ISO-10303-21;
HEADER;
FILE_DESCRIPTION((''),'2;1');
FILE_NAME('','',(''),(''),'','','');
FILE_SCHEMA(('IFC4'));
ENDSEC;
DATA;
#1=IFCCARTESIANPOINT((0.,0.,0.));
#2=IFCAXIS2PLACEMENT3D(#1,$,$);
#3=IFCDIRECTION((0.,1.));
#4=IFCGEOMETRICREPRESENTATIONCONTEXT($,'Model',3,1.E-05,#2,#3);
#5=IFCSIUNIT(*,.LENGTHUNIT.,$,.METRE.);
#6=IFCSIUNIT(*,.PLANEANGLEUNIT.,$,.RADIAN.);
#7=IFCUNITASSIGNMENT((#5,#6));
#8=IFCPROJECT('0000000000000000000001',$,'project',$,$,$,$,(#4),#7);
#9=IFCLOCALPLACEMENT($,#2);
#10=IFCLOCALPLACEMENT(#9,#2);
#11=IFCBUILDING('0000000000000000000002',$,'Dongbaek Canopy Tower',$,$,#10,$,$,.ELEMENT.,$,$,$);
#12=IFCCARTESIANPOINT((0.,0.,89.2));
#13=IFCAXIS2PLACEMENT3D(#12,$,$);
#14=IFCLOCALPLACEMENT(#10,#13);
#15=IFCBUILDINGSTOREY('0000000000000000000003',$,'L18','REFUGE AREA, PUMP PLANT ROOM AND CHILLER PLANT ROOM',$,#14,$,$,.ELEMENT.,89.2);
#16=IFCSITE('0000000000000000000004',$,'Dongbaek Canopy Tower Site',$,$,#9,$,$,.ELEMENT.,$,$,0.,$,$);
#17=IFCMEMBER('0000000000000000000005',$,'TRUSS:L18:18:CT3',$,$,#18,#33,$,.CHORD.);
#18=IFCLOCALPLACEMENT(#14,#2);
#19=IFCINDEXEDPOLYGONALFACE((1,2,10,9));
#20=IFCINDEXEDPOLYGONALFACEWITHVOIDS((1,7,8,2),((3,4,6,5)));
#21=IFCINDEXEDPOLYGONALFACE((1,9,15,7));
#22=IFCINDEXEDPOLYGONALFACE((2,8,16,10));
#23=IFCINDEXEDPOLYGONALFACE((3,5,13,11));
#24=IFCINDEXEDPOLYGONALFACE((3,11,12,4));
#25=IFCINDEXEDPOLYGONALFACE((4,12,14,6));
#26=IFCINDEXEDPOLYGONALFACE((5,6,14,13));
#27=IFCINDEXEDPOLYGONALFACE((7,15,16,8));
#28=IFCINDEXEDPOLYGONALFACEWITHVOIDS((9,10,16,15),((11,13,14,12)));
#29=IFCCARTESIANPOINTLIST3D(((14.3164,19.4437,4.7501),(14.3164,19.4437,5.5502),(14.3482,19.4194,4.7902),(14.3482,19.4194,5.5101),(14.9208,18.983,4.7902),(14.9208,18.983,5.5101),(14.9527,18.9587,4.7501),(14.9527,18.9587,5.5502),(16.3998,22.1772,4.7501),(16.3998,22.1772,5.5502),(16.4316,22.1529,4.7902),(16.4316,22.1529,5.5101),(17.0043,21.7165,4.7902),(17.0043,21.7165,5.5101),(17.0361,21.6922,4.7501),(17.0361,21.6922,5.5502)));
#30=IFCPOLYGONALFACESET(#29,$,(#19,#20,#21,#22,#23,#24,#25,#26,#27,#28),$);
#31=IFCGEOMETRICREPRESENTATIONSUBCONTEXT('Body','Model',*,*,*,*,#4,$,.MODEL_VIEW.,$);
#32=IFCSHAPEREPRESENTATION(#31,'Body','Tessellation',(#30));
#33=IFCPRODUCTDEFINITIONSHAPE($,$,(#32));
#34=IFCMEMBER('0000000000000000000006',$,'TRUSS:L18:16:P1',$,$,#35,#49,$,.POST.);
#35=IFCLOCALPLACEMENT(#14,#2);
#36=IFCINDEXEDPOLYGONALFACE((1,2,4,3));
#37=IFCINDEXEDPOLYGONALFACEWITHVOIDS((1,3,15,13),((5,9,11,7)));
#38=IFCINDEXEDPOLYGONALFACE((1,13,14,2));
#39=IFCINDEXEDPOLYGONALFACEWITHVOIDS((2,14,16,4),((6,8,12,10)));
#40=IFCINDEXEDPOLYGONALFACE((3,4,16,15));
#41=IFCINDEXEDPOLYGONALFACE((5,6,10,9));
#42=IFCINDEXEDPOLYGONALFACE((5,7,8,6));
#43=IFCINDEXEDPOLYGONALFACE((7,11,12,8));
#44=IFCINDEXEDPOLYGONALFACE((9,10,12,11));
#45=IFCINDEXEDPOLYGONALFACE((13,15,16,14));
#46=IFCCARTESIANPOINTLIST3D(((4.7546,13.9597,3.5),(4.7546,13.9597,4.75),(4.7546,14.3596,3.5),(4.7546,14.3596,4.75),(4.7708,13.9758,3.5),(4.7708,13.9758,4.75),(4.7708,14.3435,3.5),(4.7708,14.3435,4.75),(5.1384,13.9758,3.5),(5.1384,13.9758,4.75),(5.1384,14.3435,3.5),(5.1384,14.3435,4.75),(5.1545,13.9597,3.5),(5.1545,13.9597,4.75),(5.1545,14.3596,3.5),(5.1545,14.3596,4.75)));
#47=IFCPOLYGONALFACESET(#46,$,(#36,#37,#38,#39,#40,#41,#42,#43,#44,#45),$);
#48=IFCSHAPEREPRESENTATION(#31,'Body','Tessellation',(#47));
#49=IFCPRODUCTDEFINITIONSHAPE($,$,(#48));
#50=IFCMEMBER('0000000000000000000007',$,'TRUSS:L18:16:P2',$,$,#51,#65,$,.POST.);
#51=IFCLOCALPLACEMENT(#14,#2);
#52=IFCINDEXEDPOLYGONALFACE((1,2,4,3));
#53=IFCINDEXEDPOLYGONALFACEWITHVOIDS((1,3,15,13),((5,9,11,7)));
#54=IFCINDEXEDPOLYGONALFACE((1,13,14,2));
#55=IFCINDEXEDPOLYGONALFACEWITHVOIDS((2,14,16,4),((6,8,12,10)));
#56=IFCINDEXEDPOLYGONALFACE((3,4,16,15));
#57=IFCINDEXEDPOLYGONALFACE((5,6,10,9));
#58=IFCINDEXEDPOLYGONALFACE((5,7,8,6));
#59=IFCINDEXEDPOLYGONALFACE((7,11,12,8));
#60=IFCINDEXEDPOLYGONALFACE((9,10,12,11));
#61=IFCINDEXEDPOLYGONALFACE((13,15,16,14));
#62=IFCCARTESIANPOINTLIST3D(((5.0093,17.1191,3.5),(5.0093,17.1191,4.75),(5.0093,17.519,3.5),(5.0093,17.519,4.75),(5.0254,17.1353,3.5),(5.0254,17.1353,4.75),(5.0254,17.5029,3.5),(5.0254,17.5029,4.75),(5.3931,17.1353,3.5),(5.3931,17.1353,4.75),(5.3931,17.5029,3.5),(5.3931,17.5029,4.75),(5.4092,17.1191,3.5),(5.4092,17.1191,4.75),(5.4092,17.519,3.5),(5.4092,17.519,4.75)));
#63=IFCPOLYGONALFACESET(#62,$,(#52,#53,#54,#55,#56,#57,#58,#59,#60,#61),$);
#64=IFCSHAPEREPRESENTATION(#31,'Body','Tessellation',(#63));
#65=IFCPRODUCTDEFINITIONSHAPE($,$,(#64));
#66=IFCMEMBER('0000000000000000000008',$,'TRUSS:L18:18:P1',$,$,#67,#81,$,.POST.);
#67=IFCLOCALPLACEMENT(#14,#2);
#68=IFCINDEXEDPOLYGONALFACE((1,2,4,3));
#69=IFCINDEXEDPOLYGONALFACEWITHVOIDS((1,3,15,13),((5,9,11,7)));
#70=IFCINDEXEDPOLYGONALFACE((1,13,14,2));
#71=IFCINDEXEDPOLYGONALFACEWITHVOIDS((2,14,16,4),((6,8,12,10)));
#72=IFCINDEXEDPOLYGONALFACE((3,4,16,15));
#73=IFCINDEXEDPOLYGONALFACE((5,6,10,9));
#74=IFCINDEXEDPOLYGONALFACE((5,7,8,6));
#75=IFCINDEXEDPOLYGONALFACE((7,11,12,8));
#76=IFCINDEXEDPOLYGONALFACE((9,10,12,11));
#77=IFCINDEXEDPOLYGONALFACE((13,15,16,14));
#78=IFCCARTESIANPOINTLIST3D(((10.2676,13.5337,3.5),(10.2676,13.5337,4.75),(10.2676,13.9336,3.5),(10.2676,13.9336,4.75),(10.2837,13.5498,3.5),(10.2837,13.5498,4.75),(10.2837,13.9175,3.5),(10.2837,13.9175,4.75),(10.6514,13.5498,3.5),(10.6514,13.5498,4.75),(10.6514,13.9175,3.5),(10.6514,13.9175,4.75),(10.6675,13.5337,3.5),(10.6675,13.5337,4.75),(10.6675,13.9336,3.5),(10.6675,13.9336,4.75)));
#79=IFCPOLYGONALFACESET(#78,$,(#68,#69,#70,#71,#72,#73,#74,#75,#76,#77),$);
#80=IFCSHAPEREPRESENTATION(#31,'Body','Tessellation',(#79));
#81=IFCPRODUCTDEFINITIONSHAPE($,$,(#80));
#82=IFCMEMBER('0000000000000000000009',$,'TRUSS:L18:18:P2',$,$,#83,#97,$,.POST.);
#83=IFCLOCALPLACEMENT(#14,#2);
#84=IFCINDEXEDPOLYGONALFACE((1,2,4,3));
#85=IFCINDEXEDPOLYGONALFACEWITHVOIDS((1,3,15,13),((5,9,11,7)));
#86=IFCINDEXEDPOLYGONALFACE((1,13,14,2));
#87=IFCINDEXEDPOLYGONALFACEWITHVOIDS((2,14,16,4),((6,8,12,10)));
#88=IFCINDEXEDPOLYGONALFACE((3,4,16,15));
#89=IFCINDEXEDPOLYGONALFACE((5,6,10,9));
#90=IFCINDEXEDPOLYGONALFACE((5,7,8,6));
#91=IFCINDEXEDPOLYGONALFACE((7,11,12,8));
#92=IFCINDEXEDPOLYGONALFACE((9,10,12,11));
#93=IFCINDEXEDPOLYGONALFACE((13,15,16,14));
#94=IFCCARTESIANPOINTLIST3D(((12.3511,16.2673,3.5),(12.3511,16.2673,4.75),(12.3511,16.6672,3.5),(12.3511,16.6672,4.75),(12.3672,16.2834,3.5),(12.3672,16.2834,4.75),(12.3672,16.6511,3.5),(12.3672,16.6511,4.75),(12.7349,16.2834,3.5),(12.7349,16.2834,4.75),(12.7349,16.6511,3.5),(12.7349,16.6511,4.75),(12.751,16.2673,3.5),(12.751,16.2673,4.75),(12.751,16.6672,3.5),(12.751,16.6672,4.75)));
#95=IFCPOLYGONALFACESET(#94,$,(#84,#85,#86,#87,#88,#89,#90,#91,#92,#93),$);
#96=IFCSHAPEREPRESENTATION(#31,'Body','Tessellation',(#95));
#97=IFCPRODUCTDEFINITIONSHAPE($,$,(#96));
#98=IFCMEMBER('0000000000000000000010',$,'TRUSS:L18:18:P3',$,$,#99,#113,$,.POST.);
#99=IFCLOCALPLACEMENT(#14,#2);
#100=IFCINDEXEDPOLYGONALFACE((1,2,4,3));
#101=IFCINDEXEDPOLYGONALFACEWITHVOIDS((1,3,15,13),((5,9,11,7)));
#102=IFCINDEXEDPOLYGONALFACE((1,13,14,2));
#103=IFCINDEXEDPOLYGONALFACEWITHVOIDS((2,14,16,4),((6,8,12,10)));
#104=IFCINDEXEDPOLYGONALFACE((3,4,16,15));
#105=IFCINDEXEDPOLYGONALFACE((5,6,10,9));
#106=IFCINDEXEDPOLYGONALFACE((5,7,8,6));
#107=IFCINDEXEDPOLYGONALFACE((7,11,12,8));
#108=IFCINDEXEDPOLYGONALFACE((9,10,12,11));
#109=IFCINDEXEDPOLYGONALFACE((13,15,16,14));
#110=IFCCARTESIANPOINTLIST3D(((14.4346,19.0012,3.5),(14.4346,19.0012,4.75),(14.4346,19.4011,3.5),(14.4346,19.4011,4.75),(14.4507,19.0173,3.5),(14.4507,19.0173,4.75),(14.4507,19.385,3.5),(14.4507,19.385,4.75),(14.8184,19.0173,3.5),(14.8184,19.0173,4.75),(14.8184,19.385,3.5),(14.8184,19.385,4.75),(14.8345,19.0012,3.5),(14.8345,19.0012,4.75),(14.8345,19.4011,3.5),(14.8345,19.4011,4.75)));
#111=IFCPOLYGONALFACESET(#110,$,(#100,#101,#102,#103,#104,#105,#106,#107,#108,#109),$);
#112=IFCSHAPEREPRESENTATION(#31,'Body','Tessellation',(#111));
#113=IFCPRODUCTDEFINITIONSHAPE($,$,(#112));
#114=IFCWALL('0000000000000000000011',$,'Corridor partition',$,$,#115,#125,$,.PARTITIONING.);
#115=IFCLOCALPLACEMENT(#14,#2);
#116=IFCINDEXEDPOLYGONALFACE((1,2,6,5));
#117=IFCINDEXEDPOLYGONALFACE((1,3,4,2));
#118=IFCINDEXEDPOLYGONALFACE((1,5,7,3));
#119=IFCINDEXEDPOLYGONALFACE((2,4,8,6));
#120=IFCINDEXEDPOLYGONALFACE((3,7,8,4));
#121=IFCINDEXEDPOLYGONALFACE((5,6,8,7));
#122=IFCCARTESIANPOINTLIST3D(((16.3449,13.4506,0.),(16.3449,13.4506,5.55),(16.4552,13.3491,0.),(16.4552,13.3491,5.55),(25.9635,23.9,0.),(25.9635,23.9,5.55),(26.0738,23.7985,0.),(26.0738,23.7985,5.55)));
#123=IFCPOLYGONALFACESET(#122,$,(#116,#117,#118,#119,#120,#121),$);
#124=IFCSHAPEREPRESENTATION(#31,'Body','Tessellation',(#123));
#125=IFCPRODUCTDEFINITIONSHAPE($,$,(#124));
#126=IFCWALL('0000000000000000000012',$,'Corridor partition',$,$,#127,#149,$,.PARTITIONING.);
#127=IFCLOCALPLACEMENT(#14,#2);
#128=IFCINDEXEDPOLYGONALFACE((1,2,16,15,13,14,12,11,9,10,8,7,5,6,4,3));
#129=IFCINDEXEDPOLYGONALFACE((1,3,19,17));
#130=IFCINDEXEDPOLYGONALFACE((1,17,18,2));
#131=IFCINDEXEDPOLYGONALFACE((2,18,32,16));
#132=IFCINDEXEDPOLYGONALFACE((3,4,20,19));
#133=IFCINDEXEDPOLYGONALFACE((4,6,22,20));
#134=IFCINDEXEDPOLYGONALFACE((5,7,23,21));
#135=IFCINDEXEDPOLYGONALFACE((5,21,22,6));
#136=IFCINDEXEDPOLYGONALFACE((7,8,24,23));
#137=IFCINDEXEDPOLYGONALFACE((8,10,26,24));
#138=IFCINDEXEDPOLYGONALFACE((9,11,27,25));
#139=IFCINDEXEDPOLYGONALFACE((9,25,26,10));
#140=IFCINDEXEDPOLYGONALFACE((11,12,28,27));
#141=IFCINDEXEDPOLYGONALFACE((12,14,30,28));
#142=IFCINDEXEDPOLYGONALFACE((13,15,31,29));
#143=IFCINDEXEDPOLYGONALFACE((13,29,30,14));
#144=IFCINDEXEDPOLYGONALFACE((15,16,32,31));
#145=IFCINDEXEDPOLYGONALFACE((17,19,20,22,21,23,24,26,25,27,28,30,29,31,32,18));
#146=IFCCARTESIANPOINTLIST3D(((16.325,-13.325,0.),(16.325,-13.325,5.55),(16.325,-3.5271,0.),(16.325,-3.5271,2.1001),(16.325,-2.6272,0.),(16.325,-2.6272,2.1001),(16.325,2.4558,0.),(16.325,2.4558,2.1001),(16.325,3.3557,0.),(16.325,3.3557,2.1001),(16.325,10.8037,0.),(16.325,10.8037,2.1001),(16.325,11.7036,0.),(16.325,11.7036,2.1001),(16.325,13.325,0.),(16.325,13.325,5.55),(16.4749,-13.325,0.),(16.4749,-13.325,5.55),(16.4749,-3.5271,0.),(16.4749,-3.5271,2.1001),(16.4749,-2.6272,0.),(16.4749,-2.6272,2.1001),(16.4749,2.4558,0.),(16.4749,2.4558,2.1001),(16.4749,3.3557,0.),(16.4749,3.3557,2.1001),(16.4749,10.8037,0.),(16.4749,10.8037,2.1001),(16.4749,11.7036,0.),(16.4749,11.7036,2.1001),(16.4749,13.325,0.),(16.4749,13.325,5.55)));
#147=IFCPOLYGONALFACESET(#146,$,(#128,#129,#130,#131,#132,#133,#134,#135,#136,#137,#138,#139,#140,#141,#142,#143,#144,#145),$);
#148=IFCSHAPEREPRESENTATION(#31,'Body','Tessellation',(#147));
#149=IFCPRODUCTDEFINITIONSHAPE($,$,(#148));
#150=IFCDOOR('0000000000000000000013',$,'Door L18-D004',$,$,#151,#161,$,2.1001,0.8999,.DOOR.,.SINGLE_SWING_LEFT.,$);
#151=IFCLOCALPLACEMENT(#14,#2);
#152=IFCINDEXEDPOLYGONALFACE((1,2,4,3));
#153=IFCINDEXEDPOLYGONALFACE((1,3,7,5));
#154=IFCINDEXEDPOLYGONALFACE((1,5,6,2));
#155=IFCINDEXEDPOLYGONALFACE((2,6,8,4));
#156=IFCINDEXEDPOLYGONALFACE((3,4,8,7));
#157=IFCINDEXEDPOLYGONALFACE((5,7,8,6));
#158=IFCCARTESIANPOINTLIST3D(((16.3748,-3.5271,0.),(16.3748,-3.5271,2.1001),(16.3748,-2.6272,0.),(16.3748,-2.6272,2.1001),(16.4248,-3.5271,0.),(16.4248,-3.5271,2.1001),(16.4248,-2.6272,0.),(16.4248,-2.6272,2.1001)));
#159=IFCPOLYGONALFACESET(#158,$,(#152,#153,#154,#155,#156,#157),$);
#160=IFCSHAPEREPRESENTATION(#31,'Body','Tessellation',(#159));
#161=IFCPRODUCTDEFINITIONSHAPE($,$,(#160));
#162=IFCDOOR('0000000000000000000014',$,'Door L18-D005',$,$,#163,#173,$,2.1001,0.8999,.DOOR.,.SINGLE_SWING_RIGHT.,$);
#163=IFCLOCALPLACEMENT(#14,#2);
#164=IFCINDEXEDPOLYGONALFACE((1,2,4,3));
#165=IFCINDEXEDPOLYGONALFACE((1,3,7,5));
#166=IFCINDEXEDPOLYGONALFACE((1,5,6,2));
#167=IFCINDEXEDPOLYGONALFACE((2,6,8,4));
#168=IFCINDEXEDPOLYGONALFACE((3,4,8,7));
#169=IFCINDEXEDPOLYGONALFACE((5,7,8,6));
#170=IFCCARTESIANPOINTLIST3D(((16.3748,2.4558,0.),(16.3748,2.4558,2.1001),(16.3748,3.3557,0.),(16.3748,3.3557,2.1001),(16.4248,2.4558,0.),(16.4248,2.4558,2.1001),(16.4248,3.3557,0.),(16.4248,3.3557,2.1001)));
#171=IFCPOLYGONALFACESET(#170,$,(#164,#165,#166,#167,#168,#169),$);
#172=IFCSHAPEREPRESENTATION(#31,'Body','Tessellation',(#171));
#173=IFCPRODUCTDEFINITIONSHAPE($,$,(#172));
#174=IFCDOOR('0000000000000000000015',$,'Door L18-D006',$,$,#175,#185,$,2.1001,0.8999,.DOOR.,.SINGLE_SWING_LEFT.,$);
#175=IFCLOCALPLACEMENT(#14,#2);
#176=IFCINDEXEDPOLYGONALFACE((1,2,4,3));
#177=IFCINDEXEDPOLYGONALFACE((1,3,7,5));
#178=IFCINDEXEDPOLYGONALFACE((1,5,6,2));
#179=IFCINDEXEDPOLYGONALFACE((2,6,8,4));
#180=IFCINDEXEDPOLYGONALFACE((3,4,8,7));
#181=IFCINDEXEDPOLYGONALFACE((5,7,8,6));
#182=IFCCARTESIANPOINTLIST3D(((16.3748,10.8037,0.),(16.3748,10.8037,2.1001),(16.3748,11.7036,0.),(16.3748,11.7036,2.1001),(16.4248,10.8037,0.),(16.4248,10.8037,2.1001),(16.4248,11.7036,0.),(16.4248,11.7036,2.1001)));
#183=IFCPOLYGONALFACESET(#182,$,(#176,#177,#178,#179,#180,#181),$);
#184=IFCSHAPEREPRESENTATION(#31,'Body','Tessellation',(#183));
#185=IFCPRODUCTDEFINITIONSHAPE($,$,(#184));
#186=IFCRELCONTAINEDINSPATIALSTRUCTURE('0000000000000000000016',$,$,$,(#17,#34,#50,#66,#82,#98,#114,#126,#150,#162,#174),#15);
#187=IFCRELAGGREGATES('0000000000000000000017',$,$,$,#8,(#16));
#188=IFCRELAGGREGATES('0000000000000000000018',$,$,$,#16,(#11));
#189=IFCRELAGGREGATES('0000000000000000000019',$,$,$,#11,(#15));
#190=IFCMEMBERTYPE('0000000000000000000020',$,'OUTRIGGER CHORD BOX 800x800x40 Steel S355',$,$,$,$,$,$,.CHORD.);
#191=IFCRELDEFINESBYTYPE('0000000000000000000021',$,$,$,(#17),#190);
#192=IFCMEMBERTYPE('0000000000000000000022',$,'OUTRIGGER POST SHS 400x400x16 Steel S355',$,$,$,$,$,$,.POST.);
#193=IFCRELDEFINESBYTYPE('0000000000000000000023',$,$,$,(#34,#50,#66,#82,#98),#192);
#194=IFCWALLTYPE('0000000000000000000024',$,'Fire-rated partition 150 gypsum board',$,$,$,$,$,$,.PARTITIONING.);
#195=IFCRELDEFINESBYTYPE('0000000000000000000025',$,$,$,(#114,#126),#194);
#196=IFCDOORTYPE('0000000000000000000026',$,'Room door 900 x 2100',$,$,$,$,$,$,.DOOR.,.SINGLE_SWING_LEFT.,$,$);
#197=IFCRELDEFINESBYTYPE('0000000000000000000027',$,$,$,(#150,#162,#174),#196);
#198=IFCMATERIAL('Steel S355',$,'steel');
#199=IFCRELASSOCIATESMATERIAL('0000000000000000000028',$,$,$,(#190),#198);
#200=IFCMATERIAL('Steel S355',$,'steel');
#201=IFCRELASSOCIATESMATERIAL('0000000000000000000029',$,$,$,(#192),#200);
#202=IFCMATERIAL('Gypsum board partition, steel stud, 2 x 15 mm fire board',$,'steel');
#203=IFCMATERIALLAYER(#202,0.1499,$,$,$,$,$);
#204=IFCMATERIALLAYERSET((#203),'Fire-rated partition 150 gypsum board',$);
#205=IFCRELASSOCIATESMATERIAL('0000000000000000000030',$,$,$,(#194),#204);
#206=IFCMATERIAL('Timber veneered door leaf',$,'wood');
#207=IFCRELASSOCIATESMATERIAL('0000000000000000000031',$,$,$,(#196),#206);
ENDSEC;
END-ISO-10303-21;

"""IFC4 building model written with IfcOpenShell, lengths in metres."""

from ifc_helpers import new_model, si_unit, direction, frame, frame_2d, origin, origin_2d, place, context, subcontext, project, spatial, rectangle, hollow_rectangle, extrude, material, layer, layer_set, material_profile, profile_set, type_object, element, fill, save


model = new_model("IFC4")

# Units and contexts
model_context = context("Model", 3, precision=1e-05, world=origin(), true_north=direction((0.0, 1.0)))
body_context = subcontext(model_context, "Body", "Model", "MODEL_VIEW")
ifc_project = project(units=[si_unit("LENGTHUNIT", "METRE"), si_unit("PLANEANGLEUNIT", "RADIAN")], contexts=[model_context])

# Site, building, storey
site_placement = place(None, origin())
site = spatial("IfcSite", under=ifc_project, at=site_placement, Name="Dongbaek Canopy Tower Site", CompositionType="ELEMENT", RefElevation=0.0)
building_placement = place(site_placement, origin())
building = spatial("IfcBuilding", under=site, at=building_placement, Name="Dongbaek Canopy Tower", CompositionType="ELEMENT")
storey_placement = place(building_placement, frame((0.0, 0.0, 89.2)))
storey = spatial("IfcBuildingStorey", under=building, at=storey_placement, Name="L18", Description="REFUGE AREA, PUMP PLANT ROOM AND CHILLER PLANT ROOM", CompositionType="ELEMENT", Elevation=89.2)

# Members
ifc_material_1 = material(Name="Steel S355", Category="steel")
ifc_material_profile_1 = material_profile(ifc_material_1, hollow_rectangle(XDim=0.8, YDim=0.8, WallThickness=0.04, at=origin_2d()), Name="OUTRIGGER CHORD BOX 800x800x40 Steel S355")
ifc_profile_set_1 = profile_set([ifc_material_profile_1], Name="Steel S355")
member_type_1 = type_object("IfcMemberType", Name="OUTRIGGER CHORD BOX 800x800x40 Steel S355", PredefinedType="CHORD", material=ifc_profile_set_1)
member_1_placement = place(storey_placement, frame((14.6345, 19.2012, 5.1501), z_axis=(0.606176, 0.795331, 0.0), x_axis=(-0.795331, 0.606176, 0.0)))
element("IfcMember", 1, at=member_1_placement, inside=storey, type_object=member_type_1, Name="TRUSS:L18:18:CT3", PredefinedType="CHORD", context=body_context, shape_type="SweptSolid", body=[
    extrude(hollow_rectangle(XDim=0.8, YDim=0.8, WallThickness=0.04, at=origin_2d()), origin(), (0.0, 0.0, 1.0), 3.437),
])
ifc_material_2 = material(Name="Steel S355", Category="steel")
ifc_material_profile_2 = material_profile(ifc_material_2, hollow_rectangle(XDim=0.3999, YDim=0.3999, WallThickness=0.0161, at=origin_2d()), Name="OUTRIGGER POST SHS 400x400x16 Steel S355")
ifc_profile_set_2 = profile_set([ifc_material_profile_2], Name="Steel S355")
member_type_2 = type_object("IfcMemberType", Name="OUTRIGGER POST SHS 400x400x16 Steel S355", PredefinedType="POST", material=ifc_profile_set_2)
for number, where, z_axis, x_axis, name in (
    (2, (4.9546, 14.1597, 3.5), (0.0, 0.0, 1.0), (1.0, 0.0, 0.0), "TRUSS:L18:16:P1"),
    (3, (5.2092, 17.3191, 3.5), (0.0, 0.0, 1.0), (1.0, 0.0, 0.0), "TRUSS:L18:16:P2"),
    (4, (10.4675, 13.7336, 3.5), (0.0, 0.0, 1.0), (1.0, 0.0, 0.0), "TRUSS:L18:18:P1"),
    (5, (12.551, 16.4673, 3.5), (0.0, 0.0, 1.0), (1.0, 0.0, 0.0), "TRUSS:L18:18:P2"),
    (6, (14.6345, 19.2012, 3.5), (0.0, 0.0, 1.0), (1.0, 0.0, 0.0), "TRUSS:L18:18:P3"),
):
    element("IfcMember", number, at=place(storey_placement, frame(where, z_axis=z_axis, x_axis=x_axis)), inside=storey, type_object=member_type_2, Name=name, PredefinedType="POST", context=body_context, shape_type="SweptSolid", body=[
        extrude(hollow_rectangle(XDim=0.3999, YDim=0.3999, WallThickness=0.0161, at=origin_2d()), origin(), (0.0, 0.0, 1.0), 1.25),
    ])

# Wall
ifc_material_3 = material(Name="Gypsum board partition, steel stud, 2 x 15 mm fire board", Category="steel")
ifc_layer = layer(ifc_material_3, 0.1499)
ifc_layer_set = layer_set([ifc_layer], Name="Fire-rated partition 150 gypsum board")
wall_type = type_object("IfcWallType", Name="Fire-rated partition 150 gypsum board", PredefinedType="PARTITIONING", material=ifc_layer_set)
wall_1_placement = place(storey_placement, frame((16.4001, 13.3999, 0.0), z_axis=(0.0, 0.0, 1.0), x_axis=(0.677253, 0.73575, 0.0)))
element("IfcWall", 7, at=wall_1_placement, inside=storey, type_object=wall_type, Name="Corridor partition", PredefinedType="PARTITIONING", context=body_context, shape_type="SweptSolid", body=[
    extrude(rectangle(XDim=14.2024, YDim=0.1499, at=frame_2d((7.1011, 0.0))), origin(), (0.0, 0.0, 1.0), 5.55),
])

# Wall, openings, doors
wall_2_placement = place(storey_placement, frame((16.3999, 13.325, 0.0), z_axis=(0.0, 0.0, 1.0), x_axis=(0.0, -1.0, 0.0)))
wall_2 = element("IfcWall", 8, at=wall_2_placement, inside=storey, type_object=wall_type, Name="Corridor partition", PredefinedType="PARTITIONING", context=body_context, shape_type="SweptSolid", body=[
    extrude(rectangle(XDim=26.6499, YDim=0.1499, at=frame_2d((13.325, 0.0))), origin(), (0.0, 0.0, 1.0), 5.55),
])
opening_1_placement = place(wall_2_placement, frame((15.9521, 0.0, 0.0)))
opening_1 = element("IfcOpeningElement", 9, at=opening_1_placement, cuts=wall_2, PredefinedType="OPENING", context=body_context, shape_type="SweptSolid", body=[
    extrude(rectangle(XDim=0.8999, YDim=2.1001, at=frame_2d((0.45, 1.05))), frame((0.0, 0.085, 0.0), z_axis=(0.0, -1.0, 0.0), x_axis=(1.0, 0.0, 0.0)), (0.0, 0.0, 1.0), 0.1699),
])
opening_2_placement = place(wall_2_placement, frame((9.9692, 0.0, 0.0)))
opening_2 = element("IfcOpeningElement", 10, at=opening_2_placement, cuts=wall_2, PredefinedType="OPENING", context=body_context, shape_type="SweptSolid", body=[
    extrude(rectangle(XDim=0.8999, YDim=2.1001, at=frame_2d((0.45, 1.05))), frame((0.0, 0.085, 0.0), z_axis=(0.0, -1.0, 0.0), x_axis=(1.0, 0.0, 0.0)), (0.0, 0.0, 1.0), 0.1699),
])
opening_3_placement = place(wall_2_placement, frame((1.6213, 0.0, 0.0)))
opening_3 = element("IfcOpeningElement", 11, at=opening_3_placement, cuts=wall_2, PredefinedType="OPENING", context=body_context, shape_type="SweptSolid", body=[
    extrude(rectangle(XDim=0.8999, YDim=2.1001, at=frame_2d((0.45, 1.05))), frame((0.0, 0.085, 0.0), z_axis=(0.0, -1.0, 0.0), x_axis=(1.0, 0.0, 0.0)), (0.0, 0.0, 1.0), 0.1699),
])
ifc_material_4 = material(Name="Timber veneered door leaf", Category="wood")
door_type = type_object("IfcDoorType", Name="Room door 900 x 2100", OperationType="SINGLE_SWING_LEFT", PredefinedType="DOOR", material=ifc_material_4)
door_1_placement = place(opening_1_placement, origin())
door_1 = element("IfcDoor", 12, at=door_1_placement, inside=storey, type_object=door_type, Name="Door L18-D004", OperationType="SINGLE_SWING_LEFT", OverallHeight=2.1001, OverallWidth=0.8999, PredefinedType="DOOR", context=body_context, shape_type="SweptSolid", body=[
    extrude(rectangle(XDim=0.8999, YDim=2.1001, at=frame_2d((0.45, 1.05))), frame((0.0, 0.0249, 0.0), z_axis=(0.0, -1.0, 0.0), x_axis=(1.0, 0.0, 0.0)), (0.0, 0.0, 1.0), 0.05),
])
fill(opening_1, door_1)
door_2_placement = place(opening_2_placement, origin())
door_2 = element("IfcDoor", 13, at=door_2_placement, inside=storey, type_object=door_type, Name="Door L18-D005", OperationType="SINGLE_SWING_RIGHT", OverallHeight=2.1001, OverallWidth=0.8999, PredefinedType="DOOR", context=body_context, shape_type="SweptSolid", body=[
    extrude(rectangle(XDim=0.8999, YDim=2.1001, at=frame_2d((0.45, 1.05))), frame((0.0, 0.0249, 0.0), z_axis=(0.0, -1.0, 0.0), x_axis=(1.0, 0.0, 0.0)), (0.0, 0.0, 1.0), 0.05),
])
fill(opening_2, door_2)
door_3_placement = place(opening_3_placement, origin())
door_3 = element("IfcDoor", 14, at=door_3_placement, inside=storey, type_object=door_type, Name="Door L18-D006", OperationType="SINGLE_SWING_LEFT", OverallHeight=2.1001, OverallWidth=0.8999, PredefinedType="DOOR", context=body_context, shape_type="SweptSolid", body=[
    extrude(rectangle(XDim=0.8999, YDim=2.1001, at=frame_2d((0.45, 1.05))), frame((0.0, 0.0249, 0.0), z_axis=(0.0, -1.0, 0.0), x_axis=(1.0, 0.0, 0.0)), (0.0, 0.0, 1.0), 0.05),
])
fill(opening_3, door_3)

save(model, "model.ifc")
